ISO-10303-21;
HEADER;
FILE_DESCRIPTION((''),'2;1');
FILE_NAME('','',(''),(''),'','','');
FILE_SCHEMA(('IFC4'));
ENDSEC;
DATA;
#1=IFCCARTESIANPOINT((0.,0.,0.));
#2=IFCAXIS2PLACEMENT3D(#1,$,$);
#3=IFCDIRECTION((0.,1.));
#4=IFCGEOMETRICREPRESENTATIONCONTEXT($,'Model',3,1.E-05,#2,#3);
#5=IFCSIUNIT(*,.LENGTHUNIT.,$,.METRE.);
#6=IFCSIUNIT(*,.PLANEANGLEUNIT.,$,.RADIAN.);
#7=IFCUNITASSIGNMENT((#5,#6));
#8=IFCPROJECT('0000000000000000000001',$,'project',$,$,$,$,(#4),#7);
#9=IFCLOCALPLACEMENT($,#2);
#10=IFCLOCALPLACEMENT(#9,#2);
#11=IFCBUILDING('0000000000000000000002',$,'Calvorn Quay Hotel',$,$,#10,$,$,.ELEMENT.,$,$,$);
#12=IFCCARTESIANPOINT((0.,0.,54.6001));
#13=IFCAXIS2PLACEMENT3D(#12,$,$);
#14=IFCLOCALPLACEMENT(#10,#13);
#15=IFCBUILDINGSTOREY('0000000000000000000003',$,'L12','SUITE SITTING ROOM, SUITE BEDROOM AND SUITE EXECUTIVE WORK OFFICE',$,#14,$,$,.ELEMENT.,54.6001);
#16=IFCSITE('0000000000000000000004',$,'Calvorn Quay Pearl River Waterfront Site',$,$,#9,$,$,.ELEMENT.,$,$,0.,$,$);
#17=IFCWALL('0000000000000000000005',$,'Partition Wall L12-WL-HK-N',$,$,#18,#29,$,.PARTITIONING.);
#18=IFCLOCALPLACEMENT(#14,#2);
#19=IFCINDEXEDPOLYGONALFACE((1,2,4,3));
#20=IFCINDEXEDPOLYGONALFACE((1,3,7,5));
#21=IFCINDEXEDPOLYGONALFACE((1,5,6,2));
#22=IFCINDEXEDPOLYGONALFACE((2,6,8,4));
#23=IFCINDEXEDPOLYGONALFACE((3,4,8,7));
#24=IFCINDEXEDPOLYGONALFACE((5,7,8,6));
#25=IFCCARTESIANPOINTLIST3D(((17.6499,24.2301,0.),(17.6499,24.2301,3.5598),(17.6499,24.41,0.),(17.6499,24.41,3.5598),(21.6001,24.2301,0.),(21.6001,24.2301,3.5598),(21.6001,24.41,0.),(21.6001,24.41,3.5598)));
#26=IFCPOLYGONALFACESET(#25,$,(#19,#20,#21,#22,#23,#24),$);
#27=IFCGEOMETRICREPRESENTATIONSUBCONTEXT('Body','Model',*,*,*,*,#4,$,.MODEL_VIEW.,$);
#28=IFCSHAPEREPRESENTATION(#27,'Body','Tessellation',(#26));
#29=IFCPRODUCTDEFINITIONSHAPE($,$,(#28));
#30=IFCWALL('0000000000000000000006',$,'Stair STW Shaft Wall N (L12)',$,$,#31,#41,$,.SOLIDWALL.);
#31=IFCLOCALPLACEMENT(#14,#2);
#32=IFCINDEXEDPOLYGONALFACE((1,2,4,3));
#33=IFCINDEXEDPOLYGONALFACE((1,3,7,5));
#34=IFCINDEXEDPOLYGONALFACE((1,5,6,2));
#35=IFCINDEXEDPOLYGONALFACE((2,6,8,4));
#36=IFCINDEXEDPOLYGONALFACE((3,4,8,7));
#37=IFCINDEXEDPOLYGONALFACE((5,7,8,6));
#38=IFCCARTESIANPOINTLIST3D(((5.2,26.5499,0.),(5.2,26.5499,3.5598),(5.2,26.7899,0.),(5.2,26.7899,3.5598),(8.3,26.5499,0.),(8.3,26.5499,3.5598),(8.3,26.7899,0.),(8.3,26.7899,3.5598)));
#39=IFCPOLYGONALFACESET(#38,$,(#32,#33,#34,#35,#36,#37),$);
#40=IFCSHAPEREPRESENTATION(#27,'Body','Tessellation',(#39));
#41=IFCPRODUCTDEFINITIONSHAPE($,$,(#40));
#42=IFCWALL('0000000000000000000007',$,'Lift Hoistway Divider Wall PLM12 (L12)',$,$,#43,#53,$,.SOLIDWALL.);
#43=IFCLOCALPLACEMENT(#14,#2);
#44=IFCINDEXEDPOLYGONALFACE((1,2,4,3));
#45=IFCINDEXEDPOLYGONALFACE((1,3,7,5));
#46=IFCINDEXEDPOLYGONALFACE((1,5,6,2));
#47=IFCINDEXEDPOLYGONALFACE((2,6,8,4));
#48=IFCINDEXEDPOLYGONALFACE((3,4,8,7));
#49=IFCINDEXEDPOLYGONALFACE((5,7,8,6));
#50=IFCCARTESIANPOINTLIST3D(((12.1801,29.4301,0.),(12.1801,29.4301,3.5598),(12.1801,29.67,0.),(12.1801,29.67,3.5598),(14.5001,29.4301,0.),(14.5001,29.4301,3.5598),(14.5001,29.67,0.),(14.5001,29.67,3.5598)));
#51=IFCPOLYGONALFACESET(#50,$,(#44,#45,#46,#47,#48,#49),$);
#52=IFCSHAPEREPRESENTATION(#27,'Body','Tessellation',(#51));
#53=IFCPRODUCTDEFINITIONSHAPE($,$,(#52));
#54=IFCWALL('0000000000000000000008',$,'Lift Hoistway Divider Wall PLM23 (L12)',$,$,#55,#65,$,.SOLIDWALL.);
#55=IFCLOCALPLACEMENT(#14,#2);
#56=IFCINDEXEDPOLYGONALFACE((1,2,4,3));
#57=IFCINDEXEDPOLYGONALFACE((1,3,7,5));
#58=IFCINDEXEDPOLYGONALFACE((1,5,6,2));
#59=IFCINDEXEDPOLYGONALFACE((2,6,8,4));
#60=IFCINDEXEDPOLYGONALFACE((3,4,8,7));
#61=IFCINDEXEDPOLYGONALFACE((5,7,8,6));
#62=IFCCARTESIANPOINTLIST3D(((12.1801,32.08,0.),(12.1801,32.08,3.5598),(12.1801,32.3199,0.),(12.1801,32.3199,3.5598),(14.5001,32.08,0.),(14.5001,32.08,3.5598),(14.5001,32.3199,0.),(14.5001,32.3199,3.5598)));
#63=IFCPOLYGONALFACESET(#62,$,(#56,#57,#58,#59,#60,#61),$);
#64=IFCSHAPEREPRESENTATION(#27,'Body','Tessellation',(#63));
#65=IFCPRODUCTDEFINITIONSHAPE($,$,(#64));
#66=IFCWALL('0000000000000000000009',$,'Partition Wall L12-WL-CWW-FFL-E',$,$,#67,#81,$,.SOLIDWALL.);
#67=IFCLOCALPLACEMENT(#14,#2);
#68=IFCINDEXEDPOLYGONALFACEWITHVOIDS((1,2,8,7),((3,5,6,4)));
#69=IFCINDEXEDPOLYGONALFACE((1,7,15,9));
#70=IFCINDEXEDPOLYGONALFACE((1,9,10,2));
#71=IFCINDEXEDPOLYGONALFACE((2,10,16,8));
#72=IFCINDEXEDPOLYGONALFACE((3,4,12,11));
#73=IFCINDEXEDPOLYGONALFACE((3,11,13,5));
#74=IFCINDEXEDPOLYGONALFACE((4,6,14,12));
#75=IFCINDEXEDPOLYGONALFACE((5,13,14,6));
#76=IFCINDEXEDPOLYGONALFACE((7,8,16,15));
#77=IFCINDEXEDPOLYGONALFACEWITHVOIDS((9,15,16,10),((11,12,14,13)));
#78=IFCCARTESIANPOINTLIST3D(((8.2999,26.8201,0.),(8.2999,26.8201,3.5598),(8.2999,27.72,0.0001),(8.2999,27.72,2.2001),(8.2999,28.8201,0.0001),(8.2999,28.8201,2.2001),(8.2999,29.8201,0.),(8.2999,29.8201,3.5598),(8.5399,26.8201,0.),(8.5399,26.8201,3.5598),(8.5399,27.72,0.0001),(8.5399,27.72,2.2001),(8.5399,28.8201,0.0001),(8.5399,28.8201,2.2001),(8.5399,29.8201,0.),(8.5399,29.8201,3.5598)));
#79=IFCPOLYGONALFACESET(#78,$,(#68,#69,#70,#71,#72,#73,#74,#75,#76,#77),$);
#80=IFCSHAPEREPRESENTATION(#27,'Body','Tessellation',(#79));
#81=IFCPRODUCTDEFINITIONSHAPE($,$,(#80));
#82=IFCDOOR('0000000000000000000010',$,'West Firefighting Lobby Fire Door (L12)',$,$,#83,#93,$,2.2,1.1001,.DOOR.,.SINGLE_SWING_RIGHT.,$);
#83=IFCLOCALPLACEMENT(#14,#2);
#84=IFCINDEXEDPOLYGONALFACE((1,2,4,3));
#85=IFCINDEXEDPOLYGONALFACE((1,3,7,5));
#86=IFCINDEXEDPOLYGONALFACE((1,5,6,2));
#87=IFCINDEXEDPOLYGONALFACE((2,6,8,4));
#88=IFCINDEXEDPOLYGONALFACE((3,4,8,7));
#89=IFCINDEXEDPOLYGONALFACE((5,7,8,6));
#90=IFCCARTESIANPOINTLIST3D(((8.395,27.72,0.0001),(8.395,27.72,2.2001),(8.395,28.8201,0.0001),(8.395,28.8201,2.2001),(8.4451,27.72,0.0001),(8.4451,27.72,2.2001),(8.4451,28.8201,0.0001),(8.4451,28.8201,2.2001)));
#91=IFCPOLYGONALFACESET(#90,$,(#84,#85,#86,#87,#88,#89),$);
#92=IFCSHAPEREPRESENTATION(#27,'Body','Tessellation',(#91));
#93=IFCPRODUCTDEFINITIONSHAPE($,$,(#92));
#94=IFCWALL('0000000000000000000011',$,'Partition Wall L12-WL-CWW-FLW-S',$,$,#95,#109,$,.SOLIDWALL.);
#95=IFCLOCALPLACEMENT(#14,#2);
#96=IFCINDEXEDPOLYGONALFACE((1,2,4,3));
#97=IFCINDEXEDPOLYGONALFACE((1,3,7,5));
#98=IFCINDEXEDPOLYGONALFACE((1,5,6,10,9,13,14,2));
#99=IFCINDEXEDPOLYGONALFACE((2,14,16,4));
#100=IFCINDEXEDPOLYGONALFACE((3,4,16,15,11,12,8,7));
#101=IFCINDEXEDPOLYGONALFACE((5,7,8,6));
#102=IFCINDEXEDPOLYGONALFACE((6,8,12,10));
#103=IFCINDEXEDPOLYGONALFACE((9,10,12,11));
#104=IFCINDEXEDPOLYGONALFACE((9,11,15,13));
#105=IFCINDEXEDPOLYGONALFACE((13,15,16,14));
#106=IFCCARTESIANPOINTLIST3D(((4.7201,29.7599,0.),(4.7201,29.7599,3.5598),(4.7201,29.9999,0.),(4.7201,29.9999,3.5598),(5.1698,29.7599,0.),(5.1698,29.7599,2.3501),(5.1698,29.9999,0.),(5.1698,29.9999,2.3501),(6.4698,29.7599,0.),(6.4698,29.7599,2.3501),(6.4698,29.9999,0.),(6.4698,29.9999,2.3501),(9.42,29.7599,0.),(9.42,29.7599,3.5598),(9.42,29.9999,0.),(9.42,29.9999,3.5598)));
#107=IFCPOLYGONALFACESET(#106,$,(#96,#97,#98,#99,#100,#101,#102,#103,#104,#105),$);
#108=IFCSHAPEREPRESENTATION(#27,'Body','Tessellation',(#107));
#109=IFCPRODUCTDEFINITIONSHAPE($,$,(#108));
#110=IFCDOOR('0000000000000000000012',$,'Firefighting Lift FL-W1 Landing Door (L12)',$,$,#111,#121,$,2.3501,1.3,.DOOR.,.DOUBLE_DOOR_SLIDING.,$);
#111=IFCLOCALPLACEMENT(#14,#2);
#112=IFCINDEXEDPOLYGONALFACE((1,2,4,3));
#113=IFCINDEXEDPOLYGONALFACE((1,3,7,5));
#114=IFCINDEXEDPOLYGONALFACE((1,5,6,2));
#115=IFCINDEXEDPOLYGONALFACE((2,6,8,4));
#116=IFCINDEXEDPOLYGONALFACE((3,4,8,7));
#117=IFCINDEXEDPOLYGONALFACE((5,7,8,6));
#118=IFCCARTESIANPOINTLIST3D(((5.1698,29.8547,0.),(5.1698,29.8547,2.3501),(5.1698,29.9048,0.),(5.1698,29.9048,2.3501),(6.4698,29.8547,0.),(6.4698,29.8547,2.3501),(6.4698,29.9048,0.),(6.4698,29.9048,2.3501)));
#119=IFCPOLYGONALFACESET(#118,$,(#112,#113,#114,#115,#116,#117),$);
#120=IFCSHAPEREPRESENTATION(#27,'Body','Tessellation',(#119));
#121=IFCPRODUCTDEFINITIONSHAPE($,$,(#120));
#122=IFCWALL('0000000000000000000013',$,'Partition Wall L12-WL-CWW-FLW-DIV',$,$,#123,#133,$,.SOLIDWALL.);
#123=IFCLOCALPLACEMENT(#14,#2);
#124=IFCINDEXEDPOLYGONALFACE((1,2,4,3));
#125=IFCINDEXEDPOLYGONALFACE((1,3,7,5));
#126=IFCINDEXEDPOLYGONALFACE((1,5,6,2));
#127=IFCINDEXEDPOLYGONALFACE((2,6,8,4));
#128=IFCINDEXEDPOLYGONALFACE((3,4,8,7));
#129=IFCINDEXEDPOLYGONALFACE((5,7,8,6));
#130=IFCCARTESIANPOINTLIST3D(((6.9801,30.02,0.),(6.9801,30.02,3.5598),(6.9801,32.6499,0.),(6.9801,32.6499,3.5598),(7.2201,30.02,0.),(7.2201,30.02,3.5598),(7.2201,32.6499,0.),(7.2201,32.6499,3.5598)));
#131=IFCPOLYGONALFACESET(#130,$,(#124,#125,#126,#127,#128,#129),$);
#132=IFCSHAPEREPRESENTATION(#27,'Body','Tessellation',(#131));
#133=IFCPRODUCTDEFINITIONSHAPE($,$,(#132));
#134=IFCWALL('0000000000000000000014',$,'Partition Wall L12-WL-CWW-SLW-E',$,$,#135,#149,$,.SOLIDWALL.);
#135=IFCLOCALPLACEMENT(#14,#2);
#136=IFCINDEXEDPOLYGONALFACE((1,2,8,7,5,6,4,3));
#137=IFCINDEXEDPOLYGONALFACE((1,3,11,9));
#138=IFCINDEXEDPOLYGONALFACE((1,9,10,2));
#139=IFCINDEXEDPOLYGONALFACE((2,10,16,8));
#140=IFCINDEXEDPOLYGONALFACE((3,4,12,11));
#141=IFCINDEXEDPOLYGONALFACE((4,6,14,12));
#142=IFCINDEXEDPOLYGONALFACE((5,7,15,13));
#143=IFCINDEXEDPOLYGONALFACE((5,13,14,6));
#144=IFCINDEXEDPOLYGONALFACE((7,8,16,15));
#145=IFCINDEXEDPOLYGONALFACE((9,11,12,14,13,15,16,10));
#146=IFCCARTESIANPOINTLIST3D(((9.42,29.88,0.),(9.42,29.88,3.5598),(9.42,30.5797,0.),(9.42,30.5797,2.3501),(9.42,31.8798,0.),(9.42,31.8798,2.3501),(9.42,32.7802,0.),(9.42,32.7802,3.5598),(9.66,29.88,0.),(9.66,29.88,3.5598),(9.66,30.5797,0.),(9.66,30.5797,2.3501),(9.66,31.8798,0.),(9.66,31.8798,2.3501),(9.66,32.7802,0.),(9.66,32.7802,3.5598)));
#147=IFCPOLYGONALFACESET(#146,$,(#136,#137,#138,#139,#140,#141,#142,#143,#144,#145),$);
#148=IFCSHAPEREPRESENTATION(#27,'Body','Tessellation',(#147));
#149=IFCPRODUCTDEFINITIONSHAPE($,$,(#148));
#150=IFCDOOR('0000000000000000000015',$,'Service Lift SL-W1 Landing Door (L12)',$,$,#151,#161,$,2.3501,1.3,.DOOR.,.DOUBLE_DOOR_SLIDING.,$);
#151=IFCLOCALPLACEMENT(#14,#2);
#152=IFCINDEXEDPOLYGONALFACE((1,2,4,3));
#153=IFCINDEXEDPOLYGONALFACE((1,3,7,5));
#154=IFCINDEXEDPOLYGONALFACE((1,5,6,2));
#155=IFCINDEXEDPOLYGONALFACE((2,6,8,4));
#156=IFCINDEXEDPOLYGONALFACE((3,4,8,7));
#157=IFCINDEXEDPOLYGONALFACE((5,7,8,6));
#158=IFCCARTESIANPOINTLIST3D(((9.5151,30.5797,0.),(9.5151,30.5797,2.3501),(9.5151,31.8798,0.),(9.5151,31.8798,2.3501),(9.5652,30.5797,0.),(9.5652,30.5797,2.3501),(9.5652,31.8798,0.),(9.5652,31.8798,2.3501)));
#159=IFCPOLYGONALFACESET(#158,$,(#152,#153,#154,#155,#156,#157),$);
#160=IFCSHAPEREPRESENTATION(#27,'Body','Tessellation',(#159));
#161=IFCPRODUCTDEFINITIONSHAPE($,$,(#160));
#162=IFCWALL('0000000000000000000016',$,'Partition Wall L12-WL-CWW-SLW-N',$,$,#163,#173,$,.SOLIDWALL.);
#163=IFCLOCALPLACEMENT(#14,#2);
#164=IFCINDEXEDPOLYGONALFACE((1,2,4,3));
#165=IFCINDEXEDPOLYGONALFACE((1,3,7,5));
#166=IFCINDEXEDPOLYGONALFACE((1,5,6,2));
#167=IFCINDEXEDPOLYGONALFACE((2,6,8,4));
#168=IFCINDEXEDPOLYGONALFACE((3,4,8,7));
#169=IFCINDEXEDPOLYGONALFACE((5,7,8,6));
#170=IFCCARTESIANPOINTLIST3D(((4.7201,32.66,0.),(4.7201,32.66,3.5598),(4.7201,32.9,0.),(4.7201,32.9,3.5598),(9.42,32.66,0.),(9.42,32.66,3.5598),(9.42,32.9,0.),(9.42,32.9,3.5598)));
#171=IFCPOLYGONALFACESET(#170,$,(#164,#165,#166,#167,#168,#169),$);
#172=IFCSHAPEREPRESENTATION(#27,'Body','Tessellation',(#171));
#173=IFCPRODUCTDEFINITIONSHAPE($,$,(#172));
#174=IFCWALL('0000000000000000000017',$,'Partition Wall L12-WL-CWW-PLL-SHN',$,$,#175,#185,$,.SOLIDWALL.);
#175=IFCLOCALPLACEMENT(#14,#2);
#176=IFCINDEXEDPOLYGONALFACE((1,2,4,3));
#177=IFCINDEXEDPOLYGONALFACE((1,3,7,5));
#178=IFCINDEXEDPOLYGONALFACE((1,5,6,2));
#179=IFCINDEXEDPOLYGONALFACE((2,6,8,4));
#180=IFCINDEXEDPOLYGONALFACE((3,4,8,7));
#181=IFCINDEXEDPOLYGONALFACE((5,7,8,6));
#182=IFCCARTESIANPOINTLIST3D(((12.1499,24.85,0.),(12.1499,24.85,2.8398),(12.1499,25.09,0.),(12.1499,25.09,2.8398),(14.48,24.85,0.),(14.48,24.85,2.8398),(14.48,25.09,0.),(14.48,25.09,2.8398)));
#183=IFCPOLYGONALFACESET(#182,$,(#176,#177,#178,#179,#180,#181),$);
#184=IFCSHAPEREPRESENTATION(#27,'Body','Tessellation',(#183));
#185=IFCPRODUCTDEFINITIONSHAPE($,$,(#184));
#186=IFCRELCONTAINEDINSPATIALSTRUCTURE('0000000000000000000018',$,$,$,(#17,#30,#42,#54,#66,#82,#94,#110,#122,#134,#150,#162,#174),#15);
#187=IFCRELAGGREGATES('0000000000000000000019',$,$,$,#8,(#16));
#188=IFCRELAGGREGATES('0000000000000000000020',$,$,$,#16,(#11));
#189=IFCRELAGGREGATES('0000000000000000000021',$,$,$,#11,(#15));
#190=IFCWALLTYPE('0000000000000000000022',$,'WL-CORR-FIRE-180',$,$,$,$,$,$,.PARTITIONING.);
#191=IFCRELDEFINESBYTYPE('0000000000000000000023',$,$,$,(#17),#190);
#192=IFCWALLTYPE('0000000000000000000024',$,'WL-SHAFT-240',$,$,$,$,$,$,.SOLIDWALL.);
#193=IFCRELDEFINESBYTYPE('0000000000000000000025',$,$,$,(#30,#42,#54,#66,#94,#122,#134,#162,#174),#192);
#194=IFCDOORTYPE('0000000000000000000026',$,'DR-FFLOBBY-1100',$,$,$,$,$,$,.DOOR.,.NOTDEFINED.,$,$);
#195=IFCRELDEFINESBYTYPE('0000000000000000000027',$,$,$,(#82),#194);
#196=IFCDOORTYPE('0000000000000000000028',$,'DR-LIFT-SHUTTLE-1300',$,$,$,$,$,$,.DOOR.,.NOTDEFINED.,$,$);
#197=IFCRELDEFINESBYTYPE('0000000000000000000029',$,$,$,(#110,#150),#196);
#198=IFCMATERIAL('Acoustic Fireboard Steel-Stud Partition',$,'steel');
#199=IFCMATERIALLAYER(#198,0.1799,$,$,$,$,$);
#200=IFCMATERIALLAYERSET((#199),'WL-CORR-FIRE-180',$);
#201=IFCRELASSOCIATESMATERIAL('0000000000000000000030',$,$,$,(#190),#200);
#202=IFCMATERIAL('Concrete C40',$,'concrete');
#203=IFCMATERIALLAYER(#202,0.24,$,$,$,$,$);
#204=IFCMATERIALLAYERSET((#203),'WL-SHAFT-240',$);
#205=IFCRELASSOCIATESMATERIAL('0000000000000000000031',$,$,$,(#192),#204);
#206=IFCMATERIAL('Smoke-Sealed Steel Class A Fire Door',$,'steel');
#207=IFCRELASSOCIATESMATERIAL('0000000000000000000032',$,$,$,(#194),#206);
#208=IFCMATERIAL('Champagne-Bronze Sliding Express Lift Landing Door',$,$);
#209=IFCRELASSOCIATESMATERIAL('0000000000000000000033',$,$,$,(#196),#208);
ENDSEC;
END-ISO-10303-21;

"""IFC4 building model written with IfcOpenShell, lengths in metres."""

from ifc_helpers import new_model, si_unit, direction, frame, frame_2d, origin, place, context, subcontext, project, spatial, rectangle, extrude, material, layer, layer_set, type_object, element, fill, save


model = new_model("IFC4")

# Units and contexts
model_context = context("Model", 3, precision=1e-05, world=origin(), true_north=direction((0.0, 1.0)))
body_context = subcontext(model_context, "Body", "Model", "MODEL_VIEW")
ifc_project = project(units=[si_unit("LENGTHUNIT", "METRE"), si_unit("PLANEANGLEUNIT", "RADIAN")], contexts=[model_context])

# Site, building, storey
site_placement = place(None, origin())
site = spatial("IfcSite", under=ifc_project, at=site_placement, Name="Calvorn Quay Pearl River Waterfront Site", CompositionType="ELEMENT", RefElevation=0.0)
building_placement = place(site_placement, origin())
building = spatial("IfcBuilding", under=site, at=building_placement, Name="Calvorn Quay Hotel", CompositionType="ELEMENT")
storey_placement = place(building_placement, frame((0.0, 0.0, 54.6001)))
storey = spatial("IfcBuildingStorey", under=building, at=storey_placement, Name="L12", Description="SUITE SITTING ROOM, SUITE BEDROOM AND SUITE EXECUTIVE WORK OFFICE", CompositionType="ELEMENT", Elevation=54.6001)

# Wall
ifc_material_1 = material(Name="Acoustic Fireboard Steel-Stud Partition", Category="steel")
ifc_layer_1 = layer(ifc_material_1, 0.1799)
ifc_layer_set_1 = layer_set([ifc_layer_1], Name="WL-CORR-FIRE-180")
wall_type_1 = type_object("IfcWallType", Name="WL-CORR-FIRE-180", PredefinedType="PARTITIONING", material=ifc_layer_set_1)
wall_1_placement = place(storey_placement, frame((17.6499, 24.3201, 0.0), z_axis=(0.0, 0.0, 1.0), x_axis=(1.0, 0.0, 0.0)))
element("IfcWall", 1, at=wall_1_placement, inside=storey, type_object=wall_type_1, Name="Partition Wall L12-WL-HK-N", PredefinedType="PARTITIONING", context=body_context, shape_type="SweptSolid", body=[
    extrude(rectangle(XDim=3.9502, YDim=0.1799, at=frame_2d((1.9751, 0.0))), origin(), (0.0, 0.0, 1.0), 3.5598),
])

# Walls
ifc_material_2 = material(Name="Concrete C40", Category="concrete")
ifc_layer_2 = layer(ifc_material_2, 0.24)
ifc_layer_set_2 = layer_set([ifc_layer_2], Name="WL-SHAFT-240")
wall_type_2 = type_object("IfcWallType", Name="WL-SHAFT-240", PredefinedType="SOLIDWALL", material=ifc_layer_set_2)
wall_2_placement = place(storey_placement, frame((5.2, 26.6699, 0.0), z_axis=(0.0, 0.0, 1.0), x_axis=(1.0, 0.0, 0.0)))
element("IfcWall", 2, at=wall_2_placement, inside=storey, type_object=wall_type_2, Name="Stair STW Shaft Wall N (L12)", PredefinedType="SOLIDWALL", context=body_context, shape_type="SweptSolid", body=[
    extrude(rectangle(XDim=3.1001, YDim=0.24, at=frame_2d((1.55, 0.0))), origin(), (0.0, 0.0, 1.0), 3.5598),
])
for number, where, z_axis, x_axis, name in (
    (3, (12.1799, 29.55, 0.0), (0.0, 0.0, 1.0), (1.0, 0.0, 0.0), "Lift Hoistway Divider Wall PLM12 (L12)"),
    (4, (12.1799, 32.2, 0.0), (0.0, 0.0, 1.0), (1.0, 0.0, 0.0), "Lift Hoistway Divider Wall PLM23 (L12)"),
):
    element("IfcWall", number, at=place(storey_placement, frame(where, z_axis=z_axis, x_axis=x_axis)), inside=storey, type_object=wall_type_2, Name=name, PredefinedType="SOLIDWALL", context=body_context, shape_type="SweptSolid", body=[
        extrude(rectangle(XDim=2.3201, YDim=0.24, at=frame_2d((1.1602, 0.0))), origin(), (0.0, 0.0, 1.0), 3.5598),
    ])

# Walls, openings, doors
wall_3_placement = place(storey_placement, frame((8.4199, 26.8201, 0.0), z_axis=(0.0, 0.0, 1.0), x_axis=(0.0, 1.0, 0.0)))
wall_3 = element("IfcWall", 5, at=wall_3_placement, inside=storey, type_object=wall_type_2, Name="Partition Wall L12-WL-CWW-FFL-E", PredefinedType="SOLIDWALL", context=body_context, shape_type="SweptSolid", body=[
    extrude(rectangle(XDim=3.0, YDim=0.24, at=frame_2d((1.5, 0.0))), origin(), (0.0, 0.0, 1.0), 3.5598),
])
opening_1_placement = place(wall_3_placement, frame((0.8999, 0.0, 0.0)))
opening_1 = element("IfcOpeningElement", 6, at=opening_1_placement, cuts=wall_3, PredefinedType="OPENING", context=body_context, shape_type="SweptSolid", body=[
    extrude(rectangle(XDim=1.1001, YDim=2.2, at=frame_2d((0.55, 1.1001))), frame((0.0, 0.1299, 0.0), z_axis=(0.0, -1.0, 0.0), x_axis=(1.0, 0.0, 0.0)), (0.0, 0.0, 1.0), 0.26),
])
ifc_material_3 = material(Name="Smoke-Sealed Steel Class A Fire Door", Category="steel")
door_type_1 = type_object("IfcDoorType", Name="DR-FFLOBBY-1100", OperationType="NOTDEFINED", PredefinedType="DOOR", material=ifc_material_3)
door_1_placement = place(opening_1_placement, origin())
door_1 = element("IfcDoor", 7, at=door_1_placement, inside=storey, type_object=door_type_1, Name="West Firefighting Lobby Fire Door (L12)", OperationType="SINGLE_SWING_RIGHT", OverallHeight=2.2, OverallWidth=1.1001, PredefinedType="DOOR", context=body_context, shape_type="SweptSolid", body=[
    extrude(rectangle(XDim=1.1001, YDim=2.2, at=frame_2d((0.55, 1.1001))), frame((0.0, 0.0249, 0.0), z_axis=(0.0, -1.0, 0.0), x_axis=(1.0, 0.0, 0.0)), (0.0, 0.0, 1.0), 0.05),
])
fill(opening_1, door_1)
wall_4_placement = place(storey_placement, frame((4.72, 29.8799, 0.0), z_axis=(0.0, 0.0, 1.0), x_axis=(1.0, 0.0, 0.0)))
wall_4 = element("IfcWall", 8, at=wall_4_placement, inside=storey, type_object=wall_type_2, Name="Partition Wall L12-WL-CWW-FLW-S", PredefinedType="SOLIDWALL", context=body_context, shape_type="SweptSolid", body=[
    extrude(rectangle(XDim=4.7, YDim=0.24, at=frame_2d((2.3501, 0.0))), origin(), (0.0, 0.0, 1.0), 3.5598),
])
opening_2_placement = place(wall_4_placement, frame((0.45, 0.0, 0.0)))
opening_2 = element("IfcOpeningElement", 9, at=opening_2_placement, cuts=wall_4, PredefinedType="OPENING", context=body_context, shape_type="SweptSolid", body=[
    extrude(rectangle(XDim=1.3, YDim=2.3501, at=frame_2d((0.6499, 1.175))), frame((0.0, 0.1299, 0.0), z_axis=(0.0, -1.0, 0.0), x_axis=(1.0, 0.0, 0.0)), (0.0, 0.0, 1.0), 0.26),
])
ifc_material_4 = material(Name="Champagne-Bronze Sliding Express Lift Landing Door")
door_type_2 = type_object("IfcDoorType", Name="DR-LIFT-SHUTTLE-1300", OperationType="NOTDEFINED", PredefinedType="DOOR", material=ifc_material_4)
door_2_placement = place(opening_2_placement, origin())
door_2 = element("IfcDoor", 10, at=door_2_placement, inside=storey, type_object=door_type_2, Name="Firefighting Lift FL-W1 Landing Door (L12)", OperationType="DOUBLE_DOOR_SLIDING", OverallHeight=2.3501, OverallWidth=1.3, PredefinedType="DOOR", context=body_context, shape_type="SweptSolid", body=[
    extrude(rectangle(XDim=1.3, YDim=2.3501, at=frame_2d((0.6499, 1.175))), frame((0.0, 0.0249, 0.0), z_axis=(0.0, -1.0, 0.0), x_axis=(1.0, 0.0, 0.0)), (0.0, 0.0, 1.0), 0.05),
])
fill(opening_2, door_2)

# Wall
wall_5_placement = place(storey_placement, frame((7.1001, 30.02, 0.0), z_axis=(0.0, 0.0, 1.0), x_axis=(0.0, 1.0, 0.0)))
element("IfcWall", 11, at=wall_5_placement, inside=storey, type_object=wall_type_2, Name="Partition Wall L12-WL-CWW-FLW-DIV", PredefinedType="SOLIDWALL", context=body_context, shape_type="SweptSolid", body=[
    extrude(rectangle(XDim=2.6299, YDim=0.24, at=frame_2d((1.3149, 0.0))), origin(), (0.0, 0.0, 1.0), 3.5598),
])

# Wall, opening, door
wall_6_placement = place(storey_placement, frame((9.54, 29.8799, 0.0), z_axis=(0.0, 0.0, 1.0), x_axis=(0.0, 1.0, 0.0)))
wall_6 = element("IfcWall", 12, at=wall_6_placement, inside=storey, type_object=wall_type_2, Name="Partition Wall L12-WL-CWW-SLW-E", PredefinedType="SOLIDWALL", context=body_context, shape_type="SweptSolid", body=[
    extrude(rectangle(XDim=2.9001, YDim=0.24, at=frame_2d((1.4502, 0.0))), origin(), (0.0, 0.0, 1.0), 3.5598),
])
opening_3_placement = place(wall_6_placement, frame((0.7, 0.0, 0.0)))
opening_3 = element("IfcOpeningElement", 13, at=opening_3_placement, cuts=wall_6, PredefinedType="OPENING", context=body_context, shape_type="SweptSolid", body=[
    extrude(rectangle(XDim=1.3, YDim=2.3501, at=frame_2d((0.6499, 1.175))), frame((0.0, 0.1299, 0.0), z_axis=(0.0, -1.0, 0.0), x_axis=(1.0, 0.0, 0.0)), (0.0, 0.0, 1.0), 0.26),
])
door_3_placement = place(opening_3_placement, origin())
door_3 = element("IfcDoor", 14, at=door_3_placement, inside=storey, type_object=door_type_2, Name="Service Lift SL-W1 Landing Door (L12)", OperationType="DOUBLE_DOOR_SLIDING", OverallHeight=2.3501, OverallWidth=1.3, PredefinedType="DOOR", context=body_context, shape_type="SweptSolid", body=[
    extrude(rectangle(XDim=1.3, YDim=2.3501, at=frame_2d((0.6499, 1.175))), frame((0.0, 0.0249, 0.0), z_axis=(0.0, -1.0, 0.0), x_axis=(1.0, 0.0, 0.0)), (0.0, 0.0, 1.0), 0.05),
])
fill(opening_3, door_3)

# Wall
wall_7_placement = place(storey_placement, frame((4.72, 32.78, 0.0), z_axis=(0.0, 0.0, 1.0), x_axis=(1.0, 0.0, 0.0)))
element("IfcWall", 15, at=wall_7_placement, inside=storey, type_object=wall_type_2, Name="Partition Wall L12-WL-CWW-SLW-N", PredefinedType="SOLIDWALL", context=body_context, shape_type="SweptSolid", body=[
    extrude(rectangle(XDim=4.7, YDim=0.24, at=frame_2d((2.3501, 0.0))), origin(), (0.0, 0.0, 1.0), 3.5598),
])

# Wall
wall_8_placement = place(storey_placement, frame((12.1499, 24.97, 0.0), z_axis=(0.0, 0.0, 1.0), x_axis=(1.0, 0.0, 0.0)))
element("IfcWall", 16, at=wall_8_placement, inside=storey, type_object=wall_type_2, Name="Partition Wall L12-WL-CWW-PLL-SHN", PredefinedType="SOLIDWALL", context=body_context, shape_type="SweptSolid", body=[
    extrude(rectangle(XDim=2.3301, YDim=0.24, at=frame_2d((1.165, 0.0))), origin(), (0.0, 0.0, 1.0), 2.8398),
])

save(model, "model.ifc")
